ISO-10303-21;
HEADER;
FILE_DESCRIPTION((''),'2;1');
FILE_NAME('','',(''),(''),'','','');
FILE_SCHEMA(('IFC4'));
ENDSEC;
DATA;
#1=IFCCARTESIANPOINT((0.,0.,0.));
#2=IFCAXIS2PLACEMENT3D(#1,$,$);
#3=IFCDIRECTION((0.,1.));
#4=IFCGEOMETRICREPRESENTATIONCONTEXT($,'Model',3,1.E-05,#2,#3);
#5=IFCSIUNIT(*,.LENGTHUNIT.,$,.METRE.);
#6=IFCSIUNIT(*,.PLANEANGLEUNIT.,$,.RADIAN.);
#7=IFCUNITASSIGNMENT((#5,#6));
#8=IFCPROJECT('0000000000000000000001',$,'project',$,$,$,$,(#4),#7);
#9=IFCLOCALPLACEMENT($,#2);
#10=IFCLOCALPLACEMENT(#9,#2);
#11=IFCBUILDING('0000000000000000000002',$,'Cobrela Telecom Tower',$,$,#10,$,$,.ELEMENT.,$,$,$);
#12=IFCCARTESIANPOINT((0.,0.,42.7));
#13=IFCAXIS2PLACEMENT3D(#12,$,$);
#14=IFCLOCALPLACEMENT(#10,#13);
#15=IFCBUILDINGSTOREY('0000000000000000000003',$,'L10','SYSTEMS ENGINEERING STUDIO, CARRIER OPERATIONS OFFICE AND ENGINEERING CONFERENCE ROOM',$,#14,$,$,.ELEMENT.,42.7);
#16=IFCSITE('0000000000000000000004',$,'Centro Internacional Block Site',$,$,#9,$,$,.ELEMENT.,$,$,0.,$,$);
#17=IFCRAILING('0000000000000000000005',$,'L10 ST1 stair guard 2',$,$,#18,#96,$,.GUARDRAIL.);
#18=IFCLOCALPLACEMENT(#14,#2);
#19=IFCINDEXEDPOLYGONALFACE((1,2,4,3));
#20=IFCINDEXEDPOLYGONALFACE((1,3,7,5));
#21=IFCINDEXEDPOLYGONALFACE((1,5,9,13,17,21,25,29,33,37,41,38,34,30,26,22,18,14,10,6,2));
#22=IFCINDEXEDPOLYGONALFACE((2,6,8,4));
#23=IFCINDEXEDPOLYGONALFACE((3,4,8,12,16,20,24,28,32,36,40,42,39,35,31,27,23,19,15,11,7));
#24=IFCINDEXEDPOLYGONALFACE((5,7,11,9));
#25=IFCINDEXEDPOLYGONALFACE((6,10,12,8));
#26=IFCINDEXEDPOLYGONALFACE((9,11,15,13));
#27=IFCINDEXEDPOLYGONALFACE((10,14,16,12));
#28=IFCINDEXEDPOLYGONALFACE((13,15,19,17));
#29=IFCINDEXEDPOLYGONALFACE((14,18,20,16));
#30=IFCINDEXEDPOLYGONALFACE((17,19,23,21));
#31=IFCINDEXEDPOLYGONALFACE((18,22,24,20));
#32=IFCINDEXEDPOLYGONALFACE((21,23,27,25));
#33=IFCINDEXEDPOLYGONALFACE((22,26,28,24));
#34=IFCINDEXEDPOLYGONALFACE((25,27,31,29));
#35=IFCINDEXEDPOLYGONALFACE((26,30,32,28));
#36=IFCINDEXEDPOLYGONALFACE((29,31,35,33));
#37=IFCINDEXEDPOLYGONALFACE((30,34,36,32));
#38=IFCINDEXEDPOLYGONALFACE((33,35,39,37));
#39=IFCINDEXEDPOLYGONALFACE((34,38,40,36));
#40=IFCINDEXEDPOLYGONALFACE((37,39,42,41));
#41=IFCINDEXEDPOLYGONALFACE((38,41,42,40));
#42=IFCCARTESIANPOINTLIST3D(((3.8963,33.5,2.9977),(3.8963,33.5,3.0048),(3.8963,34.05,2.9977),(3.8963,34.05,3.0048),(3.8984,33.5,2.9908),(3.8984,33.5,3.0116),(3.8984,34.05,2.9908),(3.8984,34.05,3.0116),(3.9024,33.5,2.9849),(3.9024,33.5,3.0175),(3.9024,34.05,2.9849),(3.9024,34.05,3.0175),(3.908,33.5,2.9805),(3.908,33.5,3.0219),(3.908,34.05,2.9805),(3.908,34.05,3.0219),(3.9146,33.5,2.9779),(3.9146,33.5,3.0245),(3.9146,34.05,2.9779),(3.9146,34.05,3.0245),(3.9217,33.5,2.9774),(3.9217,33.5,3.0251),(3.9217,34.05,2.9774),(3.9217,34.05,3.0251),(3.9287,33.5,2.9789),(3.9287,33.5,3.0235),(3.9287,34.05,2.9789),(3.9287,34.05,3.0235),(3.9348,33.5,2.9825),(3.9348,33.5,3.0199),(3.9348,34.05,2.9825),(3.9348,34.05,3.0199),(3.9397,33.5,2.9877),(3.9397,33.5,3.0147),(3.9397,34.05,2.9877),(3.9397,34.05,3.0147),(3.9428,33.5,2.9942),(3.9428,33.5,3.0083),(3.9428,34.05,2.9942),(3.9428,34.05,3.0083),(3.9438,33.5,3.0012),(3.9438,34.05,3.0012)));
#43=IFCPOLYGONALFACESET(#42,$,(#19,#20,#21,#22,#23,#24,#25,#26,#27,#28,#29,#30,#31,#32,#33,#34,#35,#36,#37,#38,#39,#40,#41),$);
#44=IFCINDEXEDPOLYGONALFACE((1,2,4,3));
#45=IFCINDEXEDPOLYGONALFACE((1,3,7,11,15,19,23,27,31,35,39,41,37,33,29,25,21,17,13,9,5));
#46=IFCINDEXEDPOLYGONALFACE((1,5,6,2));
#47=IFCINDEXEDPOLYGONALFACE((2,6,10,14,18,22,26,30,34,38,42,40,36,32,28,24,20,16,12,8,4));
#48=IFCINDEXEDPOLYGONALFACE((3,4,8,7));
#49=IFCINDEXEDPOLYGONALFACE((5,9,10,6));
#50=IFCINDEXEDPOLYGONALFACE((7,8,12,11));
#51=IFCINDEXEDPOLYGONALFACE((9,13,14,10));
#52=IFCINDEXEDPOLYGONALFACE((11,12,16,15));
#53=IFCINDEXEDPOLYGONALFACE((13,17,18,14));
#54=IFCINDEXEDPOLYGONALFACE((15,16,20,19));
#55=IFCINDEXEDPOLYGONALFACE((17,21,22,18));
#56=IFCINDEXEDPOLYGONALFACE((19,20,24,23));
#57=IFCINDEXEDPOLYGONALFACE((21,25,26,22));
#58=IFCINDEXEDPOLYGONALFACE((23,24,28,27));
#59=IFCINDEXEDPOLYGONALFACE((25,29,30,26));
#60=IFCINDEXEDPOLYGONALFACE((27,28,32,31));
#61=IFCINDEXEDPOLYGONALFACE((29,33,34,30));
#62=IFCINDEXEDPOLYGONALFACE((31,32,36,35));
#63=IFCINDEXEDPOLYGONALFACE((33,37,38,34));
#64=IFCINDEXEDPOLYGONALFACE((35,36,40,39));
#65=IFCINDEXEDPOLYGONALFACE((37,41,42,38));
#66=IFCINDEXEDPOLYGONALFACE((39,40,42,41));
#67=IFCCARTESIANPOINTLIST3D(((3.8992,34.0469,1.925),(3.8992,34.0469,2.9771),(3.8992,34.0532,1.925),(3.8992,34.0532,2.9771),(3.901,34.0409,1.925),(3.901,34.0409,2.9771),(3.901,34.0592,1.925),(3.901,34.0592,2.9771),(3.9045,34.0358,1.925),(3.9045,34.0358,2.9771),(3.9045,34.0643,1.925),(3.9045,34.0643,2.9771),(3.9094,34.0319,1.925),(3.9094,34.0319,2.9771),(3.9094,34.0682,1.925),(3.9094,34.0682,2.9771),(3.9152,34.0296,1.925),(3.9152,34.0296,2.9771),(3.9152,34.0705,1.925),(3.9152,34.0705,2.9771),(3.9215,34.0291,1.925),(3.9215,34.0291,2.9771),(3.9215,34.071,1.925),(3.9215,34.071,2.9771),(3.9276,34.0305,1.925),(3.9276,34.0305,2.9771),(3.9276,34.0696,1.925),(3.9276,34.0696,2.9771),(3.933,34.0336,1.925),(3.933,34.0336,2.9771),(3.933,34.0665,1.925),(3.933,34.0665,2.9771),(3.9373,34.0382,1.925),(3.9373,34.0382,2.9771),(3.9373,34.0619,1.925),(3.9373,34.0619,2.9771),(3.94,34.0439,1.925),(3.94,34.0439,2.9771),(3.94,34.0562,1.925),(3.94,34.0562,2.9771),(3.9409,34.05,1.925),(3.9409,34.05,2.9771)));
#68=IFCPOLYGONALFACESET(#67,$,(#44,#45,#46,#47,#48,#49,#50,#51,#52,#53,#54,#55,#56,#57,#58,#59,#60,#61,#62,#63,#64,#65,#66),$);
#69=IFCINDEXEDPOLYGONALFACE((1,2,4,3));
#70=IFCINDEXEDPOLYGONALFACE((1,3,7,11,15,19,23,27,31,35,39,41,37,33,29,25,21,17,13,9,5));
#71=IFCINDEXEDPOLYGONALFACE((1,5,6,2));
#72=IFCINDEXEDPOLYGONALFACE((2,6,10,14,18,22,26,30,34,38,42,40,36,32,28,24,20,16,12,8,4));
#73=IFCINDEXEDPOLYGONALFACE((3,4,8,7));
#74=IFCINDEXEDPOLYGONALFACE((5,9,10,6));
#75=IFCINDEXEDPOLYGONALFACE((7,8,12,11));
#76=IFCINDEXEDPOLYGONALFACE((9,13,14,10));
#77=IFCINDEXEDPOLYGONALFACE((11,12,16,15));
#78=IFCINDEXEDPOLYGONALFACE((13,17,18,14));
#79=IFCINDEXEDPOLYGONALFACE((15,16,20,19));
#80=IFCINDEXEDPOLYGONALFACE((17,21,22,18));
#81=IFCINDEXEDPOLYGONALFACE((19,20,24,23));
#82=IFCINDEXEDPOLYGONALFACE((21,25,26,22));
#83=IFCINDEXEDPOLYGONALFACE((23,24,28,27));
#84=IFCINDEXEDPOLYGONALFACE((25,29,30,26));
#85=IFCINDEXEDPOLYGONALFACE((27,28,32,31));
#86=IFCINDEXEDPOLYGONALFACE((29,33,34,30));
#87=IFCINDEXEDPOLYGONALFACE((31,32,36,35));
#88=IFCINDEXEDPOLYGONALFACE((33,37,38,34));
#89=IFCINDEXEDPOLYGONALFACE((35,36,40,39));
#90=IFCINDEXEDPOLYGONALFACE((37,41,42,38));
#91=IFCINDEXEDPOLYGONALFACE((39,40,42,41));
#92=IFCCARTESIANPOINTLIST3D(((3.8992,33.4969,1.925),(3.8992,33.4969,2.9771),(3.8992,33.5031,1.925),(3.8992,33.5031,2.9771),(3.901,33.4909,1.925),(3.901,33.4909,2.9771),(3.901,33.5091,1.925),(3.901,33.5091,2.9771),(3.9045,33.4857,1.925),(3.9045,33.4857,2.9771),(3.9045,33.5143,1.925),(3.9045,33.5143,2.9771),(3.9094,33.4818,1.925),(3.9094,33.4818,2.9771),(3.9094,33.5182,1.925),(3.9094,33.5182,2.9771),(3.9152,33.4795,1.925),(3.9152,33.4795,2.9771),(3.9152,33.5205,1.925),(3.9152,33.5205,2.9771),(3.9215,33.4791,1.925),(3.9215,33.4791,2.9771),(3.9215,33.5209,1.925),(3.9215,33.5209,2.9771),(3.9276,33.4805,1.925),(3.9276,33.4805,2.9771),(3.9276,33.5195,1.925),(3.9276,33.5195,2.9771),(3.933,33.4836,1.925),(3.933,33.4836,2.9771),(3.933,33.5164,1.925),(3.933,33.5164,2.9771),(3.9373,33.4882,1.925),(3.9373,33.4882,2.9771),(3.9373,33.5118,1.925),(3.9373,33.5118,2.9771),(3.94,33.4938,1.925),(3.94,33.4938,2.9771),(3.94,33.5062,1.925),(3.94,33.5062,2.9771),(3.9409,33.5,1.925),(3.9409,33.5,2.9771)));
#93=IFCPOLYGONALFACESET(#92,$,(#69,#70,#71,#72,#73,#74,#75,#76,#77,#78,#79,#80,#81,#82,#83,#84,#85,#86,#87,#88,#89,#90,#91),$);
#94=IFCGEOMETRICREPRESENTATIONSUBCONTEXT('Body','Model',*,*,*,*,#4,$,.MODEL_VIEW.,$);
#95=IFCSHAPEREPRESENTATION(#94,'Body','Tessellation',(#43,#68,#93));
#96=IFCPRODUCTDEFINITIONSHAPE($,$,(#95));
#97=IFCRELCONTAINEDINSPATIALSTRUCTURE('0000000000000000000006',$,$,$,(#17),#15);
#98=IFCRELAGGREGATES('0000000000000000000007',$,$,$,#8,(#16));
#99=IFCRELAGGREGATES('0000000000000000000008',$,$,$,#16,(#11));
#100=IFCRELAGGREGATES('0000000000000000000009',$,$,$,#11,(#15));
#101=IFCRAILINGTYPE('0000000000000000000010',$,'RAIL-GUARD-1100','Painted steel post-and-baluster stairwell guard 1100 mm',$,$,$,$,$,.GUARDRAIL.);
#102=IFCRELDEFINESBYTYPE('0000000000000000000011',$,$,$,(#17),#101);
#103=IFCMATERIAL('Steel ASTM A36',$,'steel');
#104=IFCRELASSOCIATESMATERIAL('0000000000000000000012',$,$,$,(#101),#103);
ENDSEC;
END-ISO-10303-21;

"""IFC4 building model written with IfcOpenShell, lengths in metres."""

from ifc_helpers import new_model, si_unit, direction, frame, origin, origin_2d, place, context, subcontext, project, spatial, circle, extrude, material, type_object, element, save


model = new_model("IFC4")

# Units and contexts
model_context = context("Model", 3, precision=1e-05, world=origin(), true_north=direction((0.0, 1.0)))
body_context = subcontext(model_context, "Body", "Model", "MODEL_VIEW")
ifc_project = project(units=[si_unit("LENGTHUNIT", "METRE"), si_unit("PLANEANGLEUNIT", "RADIAN")], contexts=[model_context])

# Site, building, storey
site_placement = place(None, origin())
site = spatial("IfcSite", under=ifc_project, at=site_placement, Name="Centro Internacional Block Site", CompositionType="ELEMENT", RefElevation=0.0)
building_placement = place(site_placement, origin())
building = spatial("IfcBuilding", under=site, at=building_placement, Name="Cobrela Telecom Tower", CompositionType="ELEMENT")
storey_placement = place(building_placement, frame((0.0, 0.0, 42.7)))
storey = spatial("IfcBuildingStorey", under=building, at=storey_placement, Name="L10", Description="SYSTEMS ENGINEERING STUDIO, CARRIER OPERATIONS OFFICE AND ENGINEERING CONFERENCE ROOM", CompositionType="ELEMENT", Elevation=42.7)

# Shared definitions
ifc_material_1 = material(Name="Steel ASTM A36", Category="steel")

# Railing
railing_type_1 = type_object("IfcRailingType", Name="RAIL-GUARD-1100", Description="Painted steel post-and-baluster stairwell guard 1100 mm", PredefinedType="GUARDRAIL", material=ifc_material_1)
railing_1_placement = place(storey_placement, frame((3.9199, 34.05, 1.925)))
element("IfcRailing", 1, at=railing_1_placement, inside=storey, type_object=railing_type_1, Name="L10 ST1 stair guard 2", PredefinedType="GUARDRAIL", context=body_context, shape_type="SweptSolid", body=[
    extrude(circle(Radius=0.0239, at=origin_2d()), frame((0.0, 0.0, 1.0762), z_axis=(0.0, -1.0, 0.0), x_axis=(1.0, 0.0, 0.0)), (0.0, 0.0, 1.0), 0.55),
    extrude(circle(Radius=0.021, at=origin_2d()), origin(), (0.0, 0.0, 1.0), 1.052),
    extrude(circle(Radius=0.021, at=origin_2d()), frame((0.0, -0.55, 0.0)), (0.0, 0.0, 1.0), 1.052),
])

save(model, "model.ifc")
